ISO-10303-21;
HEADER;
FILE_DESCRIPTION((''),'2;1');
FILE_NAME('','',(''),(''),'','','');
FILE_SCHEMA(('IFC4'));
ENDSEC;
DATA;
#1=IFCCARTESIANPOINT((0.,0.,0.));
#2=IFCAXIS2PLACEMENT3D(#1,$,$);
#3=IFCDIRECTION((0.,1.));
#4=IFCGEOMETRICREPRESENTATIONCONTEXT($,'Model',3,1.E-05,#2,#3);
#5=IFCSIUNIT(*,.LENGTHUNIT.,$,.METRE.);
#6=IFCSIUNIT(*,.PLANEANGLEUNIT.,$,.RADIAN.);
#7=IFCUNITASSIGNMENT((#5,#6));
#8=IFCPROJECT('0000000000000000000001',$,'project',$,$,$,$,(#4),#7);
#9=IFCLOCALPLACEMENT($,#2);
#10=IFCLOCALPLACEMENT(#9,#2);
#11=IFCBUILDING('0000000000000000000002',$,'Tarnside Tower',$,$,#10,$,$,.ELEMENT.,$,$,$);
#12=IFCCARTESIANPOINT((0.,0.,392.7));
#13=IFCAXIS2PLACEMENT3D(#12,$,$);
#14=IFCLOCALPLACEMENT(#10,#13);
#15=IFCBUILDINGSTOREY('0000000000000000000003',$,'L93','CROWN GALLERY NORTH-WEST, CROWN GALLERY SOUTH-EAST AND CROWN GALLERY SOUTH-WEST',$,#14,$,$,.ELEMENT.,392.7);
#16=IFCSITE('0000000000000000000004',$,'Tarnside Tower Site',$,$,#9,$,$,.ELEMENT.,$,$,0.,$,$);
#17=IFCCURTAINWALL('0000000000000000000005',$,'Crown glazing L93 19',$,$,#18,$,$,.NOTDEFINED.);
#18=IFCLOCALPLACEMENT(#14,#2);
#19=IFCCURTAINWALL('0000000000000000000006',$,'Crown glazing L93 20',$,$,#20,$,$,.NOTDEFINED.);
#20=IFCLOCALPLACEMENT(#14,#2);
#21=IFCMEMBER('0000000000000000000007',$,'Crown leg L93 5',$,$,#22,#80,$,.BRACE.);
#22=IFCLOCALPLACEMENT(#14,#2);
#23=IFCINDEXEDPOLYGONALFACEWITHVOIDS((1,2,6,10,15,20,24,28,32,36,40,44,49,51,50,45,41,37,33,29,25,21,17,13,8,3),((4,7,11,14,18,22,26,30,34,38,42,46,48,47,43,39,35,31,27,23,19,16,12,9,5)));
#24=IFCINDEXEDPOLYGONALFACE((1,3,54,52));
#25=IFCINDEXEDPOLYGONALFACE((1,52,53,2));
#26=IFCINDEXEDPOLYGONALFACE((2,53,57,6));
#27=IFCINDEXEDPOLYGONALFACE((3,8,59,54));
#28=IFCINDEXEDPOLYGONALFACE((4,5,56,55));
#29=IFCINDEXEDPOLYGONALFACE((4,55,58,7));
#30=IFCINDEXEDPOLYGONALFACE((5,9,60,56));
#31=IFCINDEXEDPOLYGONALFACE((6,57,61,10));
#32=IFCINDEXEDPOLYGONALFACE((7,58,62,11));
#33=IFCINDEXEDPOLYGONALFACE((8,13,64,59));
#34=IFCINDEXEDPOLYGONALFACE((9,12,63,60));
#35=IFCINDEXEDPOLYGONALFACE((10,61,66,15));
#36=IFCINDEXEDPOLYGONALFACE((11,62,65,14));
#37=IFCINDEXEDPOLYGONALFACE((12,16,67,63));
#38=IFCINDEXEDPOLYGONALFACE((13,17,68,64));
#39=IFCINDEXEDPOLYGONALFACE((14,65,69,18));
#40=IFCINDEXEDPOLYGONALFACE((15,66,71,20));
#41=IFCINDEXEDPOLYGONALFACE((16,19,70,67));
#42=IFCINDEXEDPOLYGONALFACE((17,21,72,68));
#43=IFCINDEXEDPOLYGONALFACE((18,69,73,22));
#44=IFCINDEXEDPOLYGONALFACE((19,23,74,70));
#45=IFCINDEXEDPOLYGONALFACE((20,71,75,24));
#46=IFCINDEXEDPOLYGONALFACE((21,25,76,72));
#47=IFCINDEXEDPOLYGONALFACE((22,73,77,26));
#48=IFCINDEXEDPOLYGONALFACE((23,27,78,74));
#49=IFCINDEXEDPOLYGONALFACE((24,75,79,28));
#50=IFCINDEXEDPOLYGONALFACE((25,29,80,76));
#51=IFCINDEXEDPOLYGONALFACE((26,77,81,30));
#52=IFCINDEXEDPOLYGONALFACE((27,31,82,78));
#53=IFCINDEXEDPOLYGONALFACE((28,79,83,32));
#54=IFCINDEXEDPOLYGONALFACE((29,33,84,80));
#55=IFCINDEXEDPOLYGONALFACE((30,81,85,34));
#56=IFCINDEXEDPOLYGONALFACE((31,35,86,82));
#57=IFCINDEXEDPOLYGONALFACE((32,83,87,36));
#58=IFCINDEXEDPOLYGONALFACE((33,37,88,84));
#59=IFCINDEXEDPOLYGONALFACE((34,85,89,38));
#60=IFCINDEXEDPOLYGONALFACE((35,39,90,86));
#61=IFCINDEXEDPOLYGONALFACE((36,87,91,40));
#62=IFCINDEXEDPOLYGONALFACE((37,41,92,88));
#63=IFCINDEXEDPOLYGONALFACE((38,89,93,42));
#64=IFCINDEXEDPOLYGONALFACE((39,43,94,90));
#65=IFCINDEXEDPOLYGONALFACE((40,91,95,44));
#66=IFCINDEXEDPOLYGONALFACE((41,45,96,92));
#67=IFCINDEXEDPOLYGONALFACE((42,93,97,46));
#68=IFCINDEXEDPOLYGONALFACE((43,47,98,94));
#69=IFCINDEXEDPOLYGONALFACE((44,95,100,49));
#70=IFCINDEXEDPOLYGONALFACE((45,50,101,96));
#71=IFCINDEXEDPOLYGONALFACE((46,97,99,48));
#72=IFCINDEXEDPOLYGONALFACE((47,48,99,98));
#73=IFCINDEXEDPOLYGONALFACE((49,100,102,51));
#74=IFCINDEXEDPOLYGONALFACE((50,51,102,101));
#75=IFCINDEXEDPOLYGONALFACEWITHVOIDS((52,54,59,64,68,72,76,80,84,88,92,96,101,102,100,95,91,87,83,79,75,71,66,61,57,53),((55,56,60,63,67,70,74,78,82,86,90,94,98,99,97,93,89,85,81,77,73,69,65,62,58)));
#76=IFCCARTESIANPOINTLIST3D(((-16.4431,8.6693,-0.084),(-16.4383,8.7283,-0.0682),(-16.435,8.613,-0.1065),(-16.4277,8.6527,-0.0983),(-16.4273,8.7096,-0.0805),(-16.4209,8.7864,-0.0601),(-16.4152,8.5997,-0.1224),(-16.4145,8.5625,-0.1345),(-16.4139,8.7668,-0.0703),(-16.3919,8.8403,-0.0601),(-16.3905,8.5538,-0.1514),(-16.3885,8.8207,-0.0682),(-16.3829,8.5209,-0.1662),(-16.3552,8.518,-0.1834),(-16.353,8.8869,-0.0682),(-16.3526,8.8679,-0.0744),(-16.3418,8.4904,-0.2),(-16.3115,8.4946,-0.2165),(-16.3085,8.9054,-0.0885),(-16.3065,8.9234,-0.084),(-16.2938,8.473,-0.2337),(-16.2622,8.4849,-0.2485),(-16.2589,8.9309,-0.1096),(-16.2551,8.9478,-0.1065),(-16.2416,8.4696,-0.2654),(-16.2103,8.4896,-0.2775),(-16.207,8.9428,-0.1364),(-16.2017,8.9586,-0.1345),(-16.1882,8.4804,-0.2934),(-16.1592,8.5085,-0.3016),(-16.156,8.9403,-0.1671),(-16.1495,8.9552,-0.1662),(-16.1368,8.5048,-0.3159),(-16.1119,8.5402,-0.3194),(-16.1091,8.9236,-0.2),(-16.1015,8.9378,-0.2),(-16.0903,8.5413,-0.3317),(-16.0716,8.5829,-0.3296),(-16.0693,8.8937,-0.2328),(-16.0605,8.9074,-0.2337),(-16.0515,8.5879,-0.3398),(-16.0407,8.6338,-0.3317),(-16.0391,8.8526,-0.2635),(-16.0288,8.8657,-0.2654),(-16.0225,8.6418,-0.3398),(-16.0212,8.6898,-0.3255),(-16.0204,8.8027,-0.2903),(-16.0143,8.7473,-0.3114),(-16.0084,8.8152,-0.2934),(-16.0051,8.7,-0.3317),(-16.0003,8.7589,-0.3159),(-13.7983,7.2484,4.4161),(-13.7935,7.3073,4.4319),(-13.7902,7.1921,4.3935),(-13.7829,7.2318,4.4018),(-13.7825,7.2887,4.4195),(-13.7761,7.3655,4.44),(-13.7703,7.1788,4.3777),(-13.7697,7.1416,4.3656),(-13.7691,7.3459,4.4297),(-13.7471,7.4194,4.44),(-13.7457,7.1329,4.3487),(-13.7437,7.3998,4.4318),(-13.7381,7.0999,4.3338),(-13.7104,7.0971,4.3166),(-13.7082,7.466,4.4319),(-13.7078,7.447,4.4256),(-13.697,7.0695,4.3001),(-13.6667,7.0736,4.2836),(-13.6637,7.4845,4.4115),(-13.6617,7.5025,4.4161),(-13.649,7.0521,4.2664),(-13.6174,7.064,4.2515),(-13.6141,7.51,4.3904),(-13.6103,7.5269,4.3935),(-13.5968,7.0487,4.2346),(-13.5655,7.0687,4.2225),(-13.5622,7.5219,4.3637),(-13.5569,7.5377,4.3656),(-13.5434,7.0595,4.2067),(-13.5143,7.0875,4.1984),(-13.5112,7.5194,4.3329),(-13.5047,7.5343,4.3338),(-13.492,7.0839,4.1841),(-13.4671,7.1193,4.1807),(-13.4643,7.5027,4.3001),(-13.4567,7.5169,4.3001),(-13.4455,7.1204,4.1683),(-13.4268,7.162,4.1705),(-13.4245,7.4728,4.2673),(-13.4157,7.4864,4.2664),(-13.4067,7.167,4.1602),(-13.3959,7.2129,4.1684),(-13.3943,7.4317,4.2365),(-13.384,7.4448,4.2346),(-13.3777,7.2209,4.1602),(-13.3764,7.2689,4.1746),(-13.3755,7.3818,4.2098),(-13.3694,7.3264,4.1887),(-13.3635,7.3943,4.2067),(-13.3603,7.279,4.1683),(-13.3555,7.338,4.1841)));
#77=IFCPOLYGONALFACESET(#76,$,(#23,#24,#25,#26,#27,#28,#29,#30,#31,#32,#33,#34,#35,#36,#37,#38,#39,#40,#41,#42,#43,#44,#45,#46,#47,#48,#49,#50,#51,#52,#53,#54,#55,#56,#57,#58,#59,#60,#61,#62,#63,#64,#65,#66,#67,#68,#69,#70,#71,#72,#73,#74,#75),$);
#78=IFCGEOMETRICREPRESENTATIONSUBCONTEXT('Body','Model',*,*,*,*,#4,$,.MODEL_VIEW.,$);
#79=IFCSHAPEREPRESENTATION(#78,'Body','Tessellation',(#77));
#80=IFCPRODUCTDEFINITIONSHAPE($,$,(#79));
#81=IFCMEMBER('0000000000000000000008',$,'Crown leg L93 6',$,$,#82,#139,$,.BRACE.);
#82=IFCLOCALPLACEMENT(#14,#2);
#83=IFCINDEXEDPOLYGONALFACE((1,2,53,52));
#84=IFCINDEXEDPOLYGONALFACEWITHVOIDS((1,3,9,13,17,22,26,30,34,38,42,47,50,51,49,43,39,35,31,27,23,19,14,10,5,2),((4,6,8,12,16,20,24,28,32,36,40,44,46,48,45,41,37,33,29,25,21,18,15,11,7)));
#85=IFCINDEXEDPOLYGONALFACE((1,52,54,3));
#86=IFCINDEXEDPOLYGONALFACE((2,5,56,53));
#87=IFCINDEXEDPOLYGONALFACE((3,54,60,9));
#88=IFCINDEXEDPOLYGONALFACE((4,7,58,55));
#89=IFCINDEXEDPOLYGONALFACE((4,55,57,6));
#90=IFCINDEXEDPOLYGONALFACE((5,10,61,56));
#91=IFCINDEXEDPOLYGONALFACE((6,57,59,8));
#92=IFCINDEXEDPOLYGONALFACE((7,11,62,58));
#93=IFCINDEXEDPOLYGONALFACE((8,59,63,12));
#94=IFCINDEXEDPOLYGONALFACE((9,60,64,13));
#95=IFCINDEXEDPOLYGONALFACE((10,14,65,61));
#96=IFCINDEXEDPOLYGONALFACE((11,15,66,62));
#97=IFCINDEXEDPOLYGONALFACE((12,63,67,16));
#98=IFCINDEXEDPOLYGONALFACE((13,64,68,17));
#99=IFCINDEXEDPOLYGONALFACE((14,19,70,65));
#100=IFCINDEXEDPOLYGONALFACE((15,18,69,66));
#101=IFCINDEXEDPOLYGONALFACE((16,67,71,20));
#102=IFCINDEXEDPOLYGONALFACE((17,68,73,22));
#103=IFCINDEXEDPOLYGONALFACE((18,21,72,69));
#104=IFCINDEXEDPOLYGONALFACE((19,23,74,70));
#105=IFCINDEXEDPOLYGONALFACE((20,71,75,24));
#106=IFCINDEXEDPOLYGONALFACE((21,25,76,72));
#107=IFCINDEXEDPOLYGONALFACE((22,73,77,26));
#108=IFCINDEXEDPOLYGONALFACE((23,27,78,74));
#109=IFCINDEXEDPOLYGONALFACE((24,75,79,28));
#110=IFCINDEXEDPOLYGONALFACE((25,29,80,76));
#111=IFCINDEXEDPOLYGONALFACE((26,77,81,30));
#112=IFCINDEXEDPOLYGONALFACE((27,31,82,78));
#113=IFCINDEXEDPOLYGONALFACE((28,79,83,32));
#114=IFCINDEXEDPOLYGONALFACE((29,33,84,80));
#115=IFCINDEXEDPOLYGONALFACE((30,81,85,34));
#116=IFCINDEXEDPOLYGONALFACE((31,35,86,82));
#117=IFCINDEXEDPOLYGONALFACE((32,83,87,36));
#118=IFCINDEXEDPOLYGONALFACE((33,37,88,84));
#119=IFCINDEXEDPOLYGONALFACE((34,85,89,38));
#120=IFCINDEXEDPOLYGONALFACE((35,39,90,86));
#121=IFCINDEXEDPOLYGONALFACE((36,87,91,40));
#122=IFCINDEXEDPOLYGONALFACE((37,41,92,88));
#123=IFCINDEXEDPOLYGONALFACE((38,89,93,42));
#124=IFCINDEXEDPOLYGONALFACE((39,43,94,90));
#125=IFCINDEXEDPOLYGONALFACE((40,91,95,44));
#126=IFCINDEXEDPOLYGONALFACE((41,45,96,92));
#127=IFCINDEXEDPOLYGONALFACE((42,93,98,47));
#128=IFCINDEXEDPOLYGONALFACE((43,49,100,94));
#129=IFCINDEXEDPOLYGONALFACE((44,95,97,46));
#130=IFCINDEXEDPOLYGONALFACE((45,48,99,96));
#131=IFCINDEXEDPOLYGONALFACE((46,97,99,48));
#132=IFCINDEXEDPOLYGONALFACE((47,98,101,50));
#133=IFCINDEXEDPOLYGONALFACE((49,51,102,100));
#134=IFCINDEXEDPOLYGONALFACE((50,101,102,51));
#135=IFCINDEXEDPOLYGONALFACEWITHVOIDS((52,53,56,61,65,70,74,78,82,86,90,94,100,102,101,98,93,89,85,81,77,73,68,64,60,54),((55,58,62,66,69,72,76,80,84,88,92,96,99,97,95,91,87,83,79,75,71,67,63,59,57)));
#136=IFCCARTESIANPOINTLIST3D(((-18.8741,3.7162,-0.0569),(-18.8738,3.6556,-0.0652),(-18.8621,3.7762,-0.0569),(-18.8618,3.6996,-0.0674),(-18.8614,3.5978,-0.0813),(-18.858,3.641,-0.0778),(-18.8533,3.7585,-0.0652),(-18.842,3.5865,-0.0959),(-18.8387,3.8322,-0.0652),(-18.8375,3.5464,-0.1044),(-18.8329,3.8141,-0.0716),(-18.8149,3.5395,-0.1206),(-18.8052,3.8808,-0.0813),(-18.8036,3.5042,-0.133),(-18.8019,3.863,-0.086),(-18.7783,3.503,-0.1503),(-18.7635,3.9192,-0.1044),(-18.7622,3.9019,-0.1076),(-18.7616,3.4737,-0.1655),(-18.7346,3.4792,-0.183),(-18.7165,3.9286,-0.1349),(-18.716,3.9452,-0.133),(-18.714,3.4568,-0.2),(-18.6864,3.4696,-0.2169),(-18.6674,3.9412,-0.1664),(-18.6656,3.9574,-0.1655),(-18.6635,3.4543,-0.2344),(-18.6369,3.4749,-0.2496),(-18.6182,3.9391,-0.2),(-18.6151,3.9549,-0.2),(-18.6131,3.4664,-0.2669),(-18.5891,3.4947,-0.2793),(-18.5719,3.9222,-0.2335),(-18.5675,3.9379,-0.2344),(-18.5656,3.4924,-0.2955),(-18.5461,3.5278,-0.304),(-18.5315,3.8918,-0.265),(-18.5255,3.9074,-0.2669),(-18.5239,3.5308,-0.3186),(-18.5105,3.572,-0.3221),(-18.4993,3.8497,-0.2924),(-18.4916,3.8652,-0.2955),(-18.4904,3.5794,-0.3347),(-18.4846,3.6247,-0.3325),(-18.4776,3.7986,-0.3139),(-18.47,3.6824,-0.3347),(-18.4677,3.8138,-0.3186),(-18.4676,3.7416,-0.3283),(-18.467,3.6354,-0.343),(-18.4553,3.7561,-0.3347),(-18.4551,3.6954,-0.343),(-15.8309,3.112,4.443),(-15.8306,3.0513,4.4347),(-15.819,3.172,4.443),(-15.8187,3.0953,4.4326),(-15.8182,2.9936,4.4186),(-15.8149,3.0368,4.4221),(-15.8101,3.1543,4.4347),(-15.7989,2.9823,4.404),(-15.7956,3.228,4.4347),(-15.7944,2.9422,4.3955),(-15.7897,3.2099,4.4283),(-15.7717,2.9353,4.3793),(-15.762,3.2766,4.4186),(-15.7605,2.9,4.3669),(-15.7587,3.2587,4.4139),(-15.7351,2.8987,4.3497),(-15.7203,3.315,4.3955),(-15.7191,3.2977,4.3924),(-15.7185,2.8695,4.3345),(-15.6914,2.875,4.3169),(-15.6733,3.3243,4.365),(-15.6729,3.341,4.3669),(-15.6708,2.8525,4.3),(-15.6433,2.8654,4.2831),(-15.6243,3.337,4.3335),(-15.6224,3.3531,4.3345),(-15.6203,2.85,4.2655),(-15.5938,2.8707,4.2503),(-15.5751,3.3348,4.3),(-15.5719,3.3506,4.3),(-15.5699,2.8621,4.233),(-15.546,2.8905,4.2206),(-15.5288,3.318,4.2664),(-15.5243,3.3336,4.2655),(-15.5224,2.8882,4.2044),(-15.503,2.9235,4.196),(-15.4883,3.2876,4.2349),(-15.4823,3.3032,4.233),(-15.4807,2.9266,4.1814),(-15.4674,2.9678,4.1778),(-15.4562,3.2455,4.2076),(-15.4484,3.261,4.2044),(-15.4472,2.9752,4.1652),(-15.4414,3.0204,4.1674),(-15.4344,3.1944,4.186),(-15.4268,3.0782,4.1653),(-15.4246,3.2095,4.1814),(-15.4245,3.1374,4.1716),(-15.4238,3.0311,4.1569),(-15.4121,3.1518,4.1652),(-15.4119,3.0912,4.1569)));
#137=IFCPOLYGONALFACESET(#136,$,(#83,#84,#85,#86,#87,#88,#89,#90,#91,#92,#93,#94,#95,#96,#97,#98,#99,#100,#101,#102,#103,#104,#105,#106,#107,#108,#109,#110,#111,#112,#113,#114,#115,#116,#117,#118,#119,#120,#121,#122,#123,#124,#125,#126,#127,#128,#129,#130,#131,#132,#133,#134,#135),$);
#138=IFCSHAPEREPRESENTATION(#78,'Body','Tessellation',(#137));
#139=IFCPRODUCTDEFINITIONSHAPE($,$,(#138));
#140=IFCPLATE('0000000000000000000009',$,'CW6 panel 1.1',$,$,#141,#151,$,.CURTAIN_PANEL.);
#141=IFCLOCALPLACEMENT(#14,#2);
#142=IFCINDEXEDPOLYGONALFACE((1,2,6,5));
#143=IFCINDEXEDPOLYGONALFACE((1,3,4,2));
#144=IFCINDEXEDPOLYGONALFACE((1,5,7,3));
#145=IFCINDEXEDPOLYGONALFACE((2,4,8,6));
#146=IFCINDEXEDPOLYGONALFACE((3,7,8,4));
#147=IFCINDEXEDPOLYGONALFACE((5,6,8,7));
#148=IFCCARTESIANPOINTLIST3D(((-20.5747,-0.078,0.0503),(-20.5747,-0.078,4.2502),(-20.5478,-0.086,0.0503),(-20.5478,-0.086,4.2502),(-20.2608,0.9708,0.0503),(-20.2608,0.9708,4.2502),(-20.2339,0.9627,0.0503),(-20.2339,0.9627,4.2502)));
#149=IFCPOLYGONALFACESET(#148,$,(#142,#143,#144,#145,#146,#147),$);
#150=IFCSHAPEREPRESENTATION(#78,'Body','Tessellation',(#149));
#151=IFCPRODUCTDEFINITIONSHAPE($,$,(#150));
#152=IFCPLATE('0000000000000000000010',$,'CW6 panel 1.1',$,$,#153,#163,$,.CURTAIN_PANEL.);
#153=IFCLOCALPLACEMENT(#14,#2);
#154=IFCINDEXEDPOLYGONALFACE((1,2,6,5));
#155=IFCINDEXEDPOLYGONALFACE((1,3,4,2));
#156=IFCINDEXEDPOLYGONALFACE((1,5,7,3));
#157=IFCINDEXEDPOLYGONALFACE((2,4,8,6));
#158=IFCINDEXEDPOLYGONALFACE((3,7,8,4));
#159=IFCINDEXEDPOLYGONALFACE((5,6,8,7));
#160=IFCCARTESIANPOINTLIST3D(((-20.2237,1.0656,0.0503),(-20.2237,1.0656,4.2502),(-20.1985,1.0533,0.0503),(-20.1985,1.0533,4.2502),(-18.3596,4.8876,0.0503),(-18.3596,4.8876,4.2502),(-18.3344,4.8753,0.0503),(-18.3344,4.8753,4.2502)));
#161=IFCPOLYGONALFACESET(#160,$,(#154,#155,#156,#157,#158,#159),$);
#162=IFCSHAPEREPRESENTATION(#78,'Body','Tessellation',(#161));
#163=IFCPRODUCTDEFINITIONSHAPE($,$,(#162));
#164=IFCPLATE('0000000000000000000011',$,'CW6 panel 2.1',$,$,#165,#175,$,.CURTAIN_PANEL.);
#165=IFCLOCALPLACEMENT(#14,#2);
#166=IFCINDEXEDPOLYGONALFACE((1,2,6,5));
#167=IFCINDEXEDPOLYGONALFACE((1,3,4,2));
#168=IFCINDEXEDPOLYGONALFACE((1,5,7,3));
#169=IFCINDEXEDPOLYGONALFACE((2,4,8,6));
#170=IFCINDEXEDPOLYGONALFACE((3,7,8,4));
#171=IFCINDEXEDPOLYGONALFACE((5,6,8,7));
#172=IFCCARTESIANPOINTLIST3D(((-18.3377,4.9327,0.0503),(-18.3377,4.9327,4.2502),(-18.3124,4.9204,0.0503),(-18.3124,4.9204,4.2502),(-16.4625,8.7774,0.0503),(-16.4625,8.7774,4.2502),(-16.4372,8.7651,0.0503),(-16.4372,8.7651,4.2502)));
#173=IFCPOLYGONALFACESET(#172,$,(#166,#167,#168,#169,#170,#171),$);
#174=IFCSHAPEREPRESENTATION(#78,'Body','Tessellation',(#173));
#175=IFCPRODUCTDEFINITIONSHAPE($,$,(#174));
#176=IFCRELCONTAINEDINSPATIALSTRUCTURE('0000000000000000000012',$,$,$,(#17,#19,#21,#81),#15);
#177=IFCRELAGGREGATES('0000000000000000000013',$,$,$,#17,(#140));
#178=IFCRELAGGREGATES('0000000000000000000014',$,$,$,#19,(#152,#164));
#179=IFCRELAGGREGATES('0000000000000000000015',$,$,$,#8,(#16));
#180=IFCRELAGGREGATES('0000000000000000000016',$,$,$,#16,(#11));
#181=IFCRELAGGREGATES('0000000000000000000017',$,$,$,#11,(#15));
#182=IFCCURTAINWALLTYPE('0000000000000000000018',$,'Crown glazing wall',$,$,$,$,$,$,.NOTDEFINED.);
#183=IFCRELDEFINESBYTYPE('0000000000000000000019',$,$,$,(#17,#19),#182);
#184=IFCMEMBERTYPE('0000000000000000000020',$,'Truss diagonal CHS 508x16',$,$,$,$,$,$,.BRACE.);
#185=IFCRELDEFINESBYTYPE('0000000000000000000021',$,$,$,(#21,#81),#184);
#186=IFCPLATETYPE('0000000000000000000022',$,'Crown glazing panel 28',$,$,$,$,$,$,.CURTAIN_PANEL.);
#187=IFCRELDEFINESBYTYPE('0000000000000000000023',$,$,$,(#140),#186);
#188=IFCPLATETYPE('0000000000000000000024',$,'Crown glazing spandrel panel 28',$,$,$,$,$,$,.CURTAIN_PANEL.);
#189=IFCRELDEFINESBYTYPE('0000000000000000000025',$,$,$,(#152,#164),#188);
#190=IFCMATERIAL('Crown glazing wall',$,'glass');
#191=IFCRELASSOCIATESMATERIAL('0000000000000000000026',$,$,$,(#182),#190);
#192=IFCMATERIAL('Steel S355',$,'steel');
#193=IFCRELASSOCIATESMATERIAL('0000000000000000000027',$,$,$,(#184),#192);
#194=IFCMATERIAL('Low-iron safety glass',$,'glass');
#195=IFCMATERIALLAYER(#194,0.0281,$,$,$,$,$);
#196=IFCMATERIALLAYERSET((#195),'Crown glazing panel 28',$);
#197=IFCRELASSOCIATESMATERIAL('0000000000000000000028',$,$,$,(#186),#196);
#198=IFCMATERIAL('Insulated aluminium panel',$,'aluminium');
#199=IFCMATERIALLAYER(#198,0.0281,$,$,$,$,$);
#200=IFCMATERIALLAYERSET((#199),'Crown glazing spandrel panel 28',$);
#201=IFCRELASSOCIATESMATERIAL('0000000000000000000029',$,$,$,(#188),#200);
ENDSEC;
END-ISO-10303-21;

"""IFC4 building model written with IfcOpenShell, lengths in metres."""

from ifc_helpers import new_model, si_unit, direction, frame, origin, origin_2d, place, context, subcontext, project, spatial, rectangle, hollow_circle, extrude, material, layer, layer_set, material_profile, profile_set, type_object, element, aggregate, save


model = new_model("IFC4")

# Units and contexts
model_context = context("Model", 3, precision=1e-05, world=origin(), true_north=direction((0.0, 1.0)))
body_context = subcontext(model_context, "Body", "Model", "MODEL_VIEW")
ifc_project = project(units=[si_unit("LENGTHUNIT", "METRE"), si_unit("PLANEANGLEUNIT", "RADIAN")], contexts=[model_context])

# Site, building, storey
site_placement = place(None, origin())
site = spatial("IfcSite", under=ifc_project, at=site_placement, Name="Tarnside Tower Site", CompositionType="ELEMENT", RefElevation=0.0)
building_placement = place(site_placement, origin())
building = spatial("IfcBuilding", under=site, at=building_placement, Name="Tarnside Tower", CompositionType="ELEMENT")
storey_placement = place(building_placement, frame((0.0, 0.0, 392.7)))
storey = spatial("IfcBuildingStorey", under=building, at=storey_placement, Name="L93", Description="CROWN GALLERY NORTH-WEST, CROWN GALLERY SOUTH-EAST AND CROWN GALLERY SOUTH-WEST", CompositionType="ELEMENT", Elevation=392.7)

# Curtain wall
ifc_material_1 = material(Name="Crown glazing wall", Category="glass")
curtain_wall_type = type_object("IfcCurtainWallType", Name="Crown glazing wall", PredefinedType="NOTDEFINED", material=ifc_material_1)
curtain_wall_1_placement = place(storey_placement, origin())
curtain_wall_1 = element("IfcCurtainWall", 1, at=curtain_wall_1_placement, inside=storey, type_object=curtain_wall_type, Name="Crown glazing L93 19", PredefinedType="NOTDEFINED")

# Curtain wall
curtain_wall_2_placement = place(storey_placement, origin())
curtain_wall_2 = element("IfcCurtainWall", 2, at=curtain_wall_2_placement, inside=storey, type_object=curtain_wall_type, Name="Crown glazing L93 20", PredefinedType="NOTDEFINED")

# Shared definitions
ifc_material_2 = material(Name="Steel S355", Category="steel")

# Members
ifc_material_profile_1 = material_profile(ifc_material_2, hollow_circle(Radius=0.2539, WallThickness=0.0161, at=origin_2d()), Name="CHS 508x16")
ifc_profile_set_1 = profile_set([ifc_material_profile_1], Name="Steel S355")
member_type_1 = type_object("IfcMemberType", Name="Truss diagonal CHS 508x16", PredefinedType="BRACE", material=ifc_profile_set_1)
member_1_placement = place(storey_placement, frame((-16.2217, 8.7141, -0.2), z_axis=(0.488904, -0.262662, 0.831854), x_axis=(0.47327, 0.880917, 0.0)))
element("IfcMember", 3, at=member_1_placement, inside=storey, type_object=member_type_1, Name="Crown leg L93 5", PredefinedType="BRACE", context=body_context, shape_type="SweptSolid", body=[
    extrude(hollow_circle(Radius=0.2539, WallThickness=0.0161, at=origin_2d()), origin(), (0.0, 0.0, 1.0), 5.4097),
])
member_2_placement = place(storey_placement, frame((-18.6646, 3.7058, -0.2), z_axis=(0.556762, -0.110548, 0.823283), x_axis=(0.194754, 0.980852, 0.0)))
element("IfcMember", 4, at=member_2_placement, inside=storey, type_object=member_type_1, Name="Crown leg L93 6", PredefinedType="BRACE", context=body_context, shape_type="SweptSolid", body=[
    extrude(hollow_circle(Radius=0.2539, WallThickness=0.0161, at=origin_2d()), origin(), (0.0, 0.0, 1.0), 5.4658),
])

# Plates
ifc_material_3 = material(Name="Low-iron safety glass", Category="glass")
ifc_layer_1 = layer(ifc_material_3, 0.0281)
ifc_layer_set_1 = layer_set([ifc_layer_1], Name="Crown glazing panel 28")
plate_type_1 = type_object("IfcPlateType", Name="Crown glazing panel 28", PredefinedType="CURTAIN_PANEL", material=ifc_layer_set_1)
plate_1_placement = place(storey_placement, frame((-20.4043, 0.4424, 0.0503), z_axis=(0.0, 0.0, 1.0), x_axis=(0.286803, 0.95799, 0.0)))
plate_1 = element("IfcPlate", 5, at=plate_1_placement, type_object=plate_type_1, Name="CW6 panel 1.1", PredefinedType="CURTAIN_PANEL", context=body_context, shape_type="SweptSolid", body=[
    extrude(rectangle(XDim=1.0947, YDim=0.0281, at=origin_2d()), origin(), (0.0, 0.0, 1.0), 4.2),
])
aggregate(curtain_wall_1, [plate_1])
ifc_material_4 = material(Name="Insulated aluminium panel", Category="aluminium")
ifc_layer_2 = layer(ifc_material_4, 0.0281)
ifc_layer_set_2 = layer_set([ifc_layer_2], Name="Crown glazing spandrel panel 28")
plate_type_2 = type_object("IfcPlateType", Name="Crown glazing spandrel panel 28", PredefinedType="CURTAIN_PANEL", material=ifc_layer_set_2)
plate_2_placement = place(storey_placement, frame((-19.2791, 2.9705, 0.0503), z_axis=(0.0, 0.0, 1.0), x_axis=(0.438371, 0.898794, 0.0)))
plate_2 = element("IfcPlate", 6, at=plate_2_placement, type_object=plate_type_2, Name="CW6 panel 1.1", PredefinedType="CURTAIN_PANEL", context=body_context, shape_type="SweptSolid", body=[
    extrude(rectangle(XDim=4.2524, YDim=0.0281, at=origin_2d()), origin(), (0.0, 0.0, 1.0), 4.2),
])
plate_3_placement = place(storey_placement, frame((-17.3875, 6.8489, 0.0503), z_axis=(0.0, 0.0, 1.0), x_axis=(0.438371, 0.898794, 0.0)))
plate_3 = element("IfcPlate", 7, at=plate_3_placement, type_object=plate_type_2, Name="CW6 panel 2.1", PredefinedType="CURTAIN_PANEL", context=body_context, shape_type="SweptSolid", body=[
    extrude(rectangle(XDim=4.2776, YDim=0.0281, at=origin_2d()), origin(), (0.0, 0.0, 1.0), 4.2),
])
aggregate(curtain_wall_2, [plate_2, plate_3])

save(model, "model.ifc")
